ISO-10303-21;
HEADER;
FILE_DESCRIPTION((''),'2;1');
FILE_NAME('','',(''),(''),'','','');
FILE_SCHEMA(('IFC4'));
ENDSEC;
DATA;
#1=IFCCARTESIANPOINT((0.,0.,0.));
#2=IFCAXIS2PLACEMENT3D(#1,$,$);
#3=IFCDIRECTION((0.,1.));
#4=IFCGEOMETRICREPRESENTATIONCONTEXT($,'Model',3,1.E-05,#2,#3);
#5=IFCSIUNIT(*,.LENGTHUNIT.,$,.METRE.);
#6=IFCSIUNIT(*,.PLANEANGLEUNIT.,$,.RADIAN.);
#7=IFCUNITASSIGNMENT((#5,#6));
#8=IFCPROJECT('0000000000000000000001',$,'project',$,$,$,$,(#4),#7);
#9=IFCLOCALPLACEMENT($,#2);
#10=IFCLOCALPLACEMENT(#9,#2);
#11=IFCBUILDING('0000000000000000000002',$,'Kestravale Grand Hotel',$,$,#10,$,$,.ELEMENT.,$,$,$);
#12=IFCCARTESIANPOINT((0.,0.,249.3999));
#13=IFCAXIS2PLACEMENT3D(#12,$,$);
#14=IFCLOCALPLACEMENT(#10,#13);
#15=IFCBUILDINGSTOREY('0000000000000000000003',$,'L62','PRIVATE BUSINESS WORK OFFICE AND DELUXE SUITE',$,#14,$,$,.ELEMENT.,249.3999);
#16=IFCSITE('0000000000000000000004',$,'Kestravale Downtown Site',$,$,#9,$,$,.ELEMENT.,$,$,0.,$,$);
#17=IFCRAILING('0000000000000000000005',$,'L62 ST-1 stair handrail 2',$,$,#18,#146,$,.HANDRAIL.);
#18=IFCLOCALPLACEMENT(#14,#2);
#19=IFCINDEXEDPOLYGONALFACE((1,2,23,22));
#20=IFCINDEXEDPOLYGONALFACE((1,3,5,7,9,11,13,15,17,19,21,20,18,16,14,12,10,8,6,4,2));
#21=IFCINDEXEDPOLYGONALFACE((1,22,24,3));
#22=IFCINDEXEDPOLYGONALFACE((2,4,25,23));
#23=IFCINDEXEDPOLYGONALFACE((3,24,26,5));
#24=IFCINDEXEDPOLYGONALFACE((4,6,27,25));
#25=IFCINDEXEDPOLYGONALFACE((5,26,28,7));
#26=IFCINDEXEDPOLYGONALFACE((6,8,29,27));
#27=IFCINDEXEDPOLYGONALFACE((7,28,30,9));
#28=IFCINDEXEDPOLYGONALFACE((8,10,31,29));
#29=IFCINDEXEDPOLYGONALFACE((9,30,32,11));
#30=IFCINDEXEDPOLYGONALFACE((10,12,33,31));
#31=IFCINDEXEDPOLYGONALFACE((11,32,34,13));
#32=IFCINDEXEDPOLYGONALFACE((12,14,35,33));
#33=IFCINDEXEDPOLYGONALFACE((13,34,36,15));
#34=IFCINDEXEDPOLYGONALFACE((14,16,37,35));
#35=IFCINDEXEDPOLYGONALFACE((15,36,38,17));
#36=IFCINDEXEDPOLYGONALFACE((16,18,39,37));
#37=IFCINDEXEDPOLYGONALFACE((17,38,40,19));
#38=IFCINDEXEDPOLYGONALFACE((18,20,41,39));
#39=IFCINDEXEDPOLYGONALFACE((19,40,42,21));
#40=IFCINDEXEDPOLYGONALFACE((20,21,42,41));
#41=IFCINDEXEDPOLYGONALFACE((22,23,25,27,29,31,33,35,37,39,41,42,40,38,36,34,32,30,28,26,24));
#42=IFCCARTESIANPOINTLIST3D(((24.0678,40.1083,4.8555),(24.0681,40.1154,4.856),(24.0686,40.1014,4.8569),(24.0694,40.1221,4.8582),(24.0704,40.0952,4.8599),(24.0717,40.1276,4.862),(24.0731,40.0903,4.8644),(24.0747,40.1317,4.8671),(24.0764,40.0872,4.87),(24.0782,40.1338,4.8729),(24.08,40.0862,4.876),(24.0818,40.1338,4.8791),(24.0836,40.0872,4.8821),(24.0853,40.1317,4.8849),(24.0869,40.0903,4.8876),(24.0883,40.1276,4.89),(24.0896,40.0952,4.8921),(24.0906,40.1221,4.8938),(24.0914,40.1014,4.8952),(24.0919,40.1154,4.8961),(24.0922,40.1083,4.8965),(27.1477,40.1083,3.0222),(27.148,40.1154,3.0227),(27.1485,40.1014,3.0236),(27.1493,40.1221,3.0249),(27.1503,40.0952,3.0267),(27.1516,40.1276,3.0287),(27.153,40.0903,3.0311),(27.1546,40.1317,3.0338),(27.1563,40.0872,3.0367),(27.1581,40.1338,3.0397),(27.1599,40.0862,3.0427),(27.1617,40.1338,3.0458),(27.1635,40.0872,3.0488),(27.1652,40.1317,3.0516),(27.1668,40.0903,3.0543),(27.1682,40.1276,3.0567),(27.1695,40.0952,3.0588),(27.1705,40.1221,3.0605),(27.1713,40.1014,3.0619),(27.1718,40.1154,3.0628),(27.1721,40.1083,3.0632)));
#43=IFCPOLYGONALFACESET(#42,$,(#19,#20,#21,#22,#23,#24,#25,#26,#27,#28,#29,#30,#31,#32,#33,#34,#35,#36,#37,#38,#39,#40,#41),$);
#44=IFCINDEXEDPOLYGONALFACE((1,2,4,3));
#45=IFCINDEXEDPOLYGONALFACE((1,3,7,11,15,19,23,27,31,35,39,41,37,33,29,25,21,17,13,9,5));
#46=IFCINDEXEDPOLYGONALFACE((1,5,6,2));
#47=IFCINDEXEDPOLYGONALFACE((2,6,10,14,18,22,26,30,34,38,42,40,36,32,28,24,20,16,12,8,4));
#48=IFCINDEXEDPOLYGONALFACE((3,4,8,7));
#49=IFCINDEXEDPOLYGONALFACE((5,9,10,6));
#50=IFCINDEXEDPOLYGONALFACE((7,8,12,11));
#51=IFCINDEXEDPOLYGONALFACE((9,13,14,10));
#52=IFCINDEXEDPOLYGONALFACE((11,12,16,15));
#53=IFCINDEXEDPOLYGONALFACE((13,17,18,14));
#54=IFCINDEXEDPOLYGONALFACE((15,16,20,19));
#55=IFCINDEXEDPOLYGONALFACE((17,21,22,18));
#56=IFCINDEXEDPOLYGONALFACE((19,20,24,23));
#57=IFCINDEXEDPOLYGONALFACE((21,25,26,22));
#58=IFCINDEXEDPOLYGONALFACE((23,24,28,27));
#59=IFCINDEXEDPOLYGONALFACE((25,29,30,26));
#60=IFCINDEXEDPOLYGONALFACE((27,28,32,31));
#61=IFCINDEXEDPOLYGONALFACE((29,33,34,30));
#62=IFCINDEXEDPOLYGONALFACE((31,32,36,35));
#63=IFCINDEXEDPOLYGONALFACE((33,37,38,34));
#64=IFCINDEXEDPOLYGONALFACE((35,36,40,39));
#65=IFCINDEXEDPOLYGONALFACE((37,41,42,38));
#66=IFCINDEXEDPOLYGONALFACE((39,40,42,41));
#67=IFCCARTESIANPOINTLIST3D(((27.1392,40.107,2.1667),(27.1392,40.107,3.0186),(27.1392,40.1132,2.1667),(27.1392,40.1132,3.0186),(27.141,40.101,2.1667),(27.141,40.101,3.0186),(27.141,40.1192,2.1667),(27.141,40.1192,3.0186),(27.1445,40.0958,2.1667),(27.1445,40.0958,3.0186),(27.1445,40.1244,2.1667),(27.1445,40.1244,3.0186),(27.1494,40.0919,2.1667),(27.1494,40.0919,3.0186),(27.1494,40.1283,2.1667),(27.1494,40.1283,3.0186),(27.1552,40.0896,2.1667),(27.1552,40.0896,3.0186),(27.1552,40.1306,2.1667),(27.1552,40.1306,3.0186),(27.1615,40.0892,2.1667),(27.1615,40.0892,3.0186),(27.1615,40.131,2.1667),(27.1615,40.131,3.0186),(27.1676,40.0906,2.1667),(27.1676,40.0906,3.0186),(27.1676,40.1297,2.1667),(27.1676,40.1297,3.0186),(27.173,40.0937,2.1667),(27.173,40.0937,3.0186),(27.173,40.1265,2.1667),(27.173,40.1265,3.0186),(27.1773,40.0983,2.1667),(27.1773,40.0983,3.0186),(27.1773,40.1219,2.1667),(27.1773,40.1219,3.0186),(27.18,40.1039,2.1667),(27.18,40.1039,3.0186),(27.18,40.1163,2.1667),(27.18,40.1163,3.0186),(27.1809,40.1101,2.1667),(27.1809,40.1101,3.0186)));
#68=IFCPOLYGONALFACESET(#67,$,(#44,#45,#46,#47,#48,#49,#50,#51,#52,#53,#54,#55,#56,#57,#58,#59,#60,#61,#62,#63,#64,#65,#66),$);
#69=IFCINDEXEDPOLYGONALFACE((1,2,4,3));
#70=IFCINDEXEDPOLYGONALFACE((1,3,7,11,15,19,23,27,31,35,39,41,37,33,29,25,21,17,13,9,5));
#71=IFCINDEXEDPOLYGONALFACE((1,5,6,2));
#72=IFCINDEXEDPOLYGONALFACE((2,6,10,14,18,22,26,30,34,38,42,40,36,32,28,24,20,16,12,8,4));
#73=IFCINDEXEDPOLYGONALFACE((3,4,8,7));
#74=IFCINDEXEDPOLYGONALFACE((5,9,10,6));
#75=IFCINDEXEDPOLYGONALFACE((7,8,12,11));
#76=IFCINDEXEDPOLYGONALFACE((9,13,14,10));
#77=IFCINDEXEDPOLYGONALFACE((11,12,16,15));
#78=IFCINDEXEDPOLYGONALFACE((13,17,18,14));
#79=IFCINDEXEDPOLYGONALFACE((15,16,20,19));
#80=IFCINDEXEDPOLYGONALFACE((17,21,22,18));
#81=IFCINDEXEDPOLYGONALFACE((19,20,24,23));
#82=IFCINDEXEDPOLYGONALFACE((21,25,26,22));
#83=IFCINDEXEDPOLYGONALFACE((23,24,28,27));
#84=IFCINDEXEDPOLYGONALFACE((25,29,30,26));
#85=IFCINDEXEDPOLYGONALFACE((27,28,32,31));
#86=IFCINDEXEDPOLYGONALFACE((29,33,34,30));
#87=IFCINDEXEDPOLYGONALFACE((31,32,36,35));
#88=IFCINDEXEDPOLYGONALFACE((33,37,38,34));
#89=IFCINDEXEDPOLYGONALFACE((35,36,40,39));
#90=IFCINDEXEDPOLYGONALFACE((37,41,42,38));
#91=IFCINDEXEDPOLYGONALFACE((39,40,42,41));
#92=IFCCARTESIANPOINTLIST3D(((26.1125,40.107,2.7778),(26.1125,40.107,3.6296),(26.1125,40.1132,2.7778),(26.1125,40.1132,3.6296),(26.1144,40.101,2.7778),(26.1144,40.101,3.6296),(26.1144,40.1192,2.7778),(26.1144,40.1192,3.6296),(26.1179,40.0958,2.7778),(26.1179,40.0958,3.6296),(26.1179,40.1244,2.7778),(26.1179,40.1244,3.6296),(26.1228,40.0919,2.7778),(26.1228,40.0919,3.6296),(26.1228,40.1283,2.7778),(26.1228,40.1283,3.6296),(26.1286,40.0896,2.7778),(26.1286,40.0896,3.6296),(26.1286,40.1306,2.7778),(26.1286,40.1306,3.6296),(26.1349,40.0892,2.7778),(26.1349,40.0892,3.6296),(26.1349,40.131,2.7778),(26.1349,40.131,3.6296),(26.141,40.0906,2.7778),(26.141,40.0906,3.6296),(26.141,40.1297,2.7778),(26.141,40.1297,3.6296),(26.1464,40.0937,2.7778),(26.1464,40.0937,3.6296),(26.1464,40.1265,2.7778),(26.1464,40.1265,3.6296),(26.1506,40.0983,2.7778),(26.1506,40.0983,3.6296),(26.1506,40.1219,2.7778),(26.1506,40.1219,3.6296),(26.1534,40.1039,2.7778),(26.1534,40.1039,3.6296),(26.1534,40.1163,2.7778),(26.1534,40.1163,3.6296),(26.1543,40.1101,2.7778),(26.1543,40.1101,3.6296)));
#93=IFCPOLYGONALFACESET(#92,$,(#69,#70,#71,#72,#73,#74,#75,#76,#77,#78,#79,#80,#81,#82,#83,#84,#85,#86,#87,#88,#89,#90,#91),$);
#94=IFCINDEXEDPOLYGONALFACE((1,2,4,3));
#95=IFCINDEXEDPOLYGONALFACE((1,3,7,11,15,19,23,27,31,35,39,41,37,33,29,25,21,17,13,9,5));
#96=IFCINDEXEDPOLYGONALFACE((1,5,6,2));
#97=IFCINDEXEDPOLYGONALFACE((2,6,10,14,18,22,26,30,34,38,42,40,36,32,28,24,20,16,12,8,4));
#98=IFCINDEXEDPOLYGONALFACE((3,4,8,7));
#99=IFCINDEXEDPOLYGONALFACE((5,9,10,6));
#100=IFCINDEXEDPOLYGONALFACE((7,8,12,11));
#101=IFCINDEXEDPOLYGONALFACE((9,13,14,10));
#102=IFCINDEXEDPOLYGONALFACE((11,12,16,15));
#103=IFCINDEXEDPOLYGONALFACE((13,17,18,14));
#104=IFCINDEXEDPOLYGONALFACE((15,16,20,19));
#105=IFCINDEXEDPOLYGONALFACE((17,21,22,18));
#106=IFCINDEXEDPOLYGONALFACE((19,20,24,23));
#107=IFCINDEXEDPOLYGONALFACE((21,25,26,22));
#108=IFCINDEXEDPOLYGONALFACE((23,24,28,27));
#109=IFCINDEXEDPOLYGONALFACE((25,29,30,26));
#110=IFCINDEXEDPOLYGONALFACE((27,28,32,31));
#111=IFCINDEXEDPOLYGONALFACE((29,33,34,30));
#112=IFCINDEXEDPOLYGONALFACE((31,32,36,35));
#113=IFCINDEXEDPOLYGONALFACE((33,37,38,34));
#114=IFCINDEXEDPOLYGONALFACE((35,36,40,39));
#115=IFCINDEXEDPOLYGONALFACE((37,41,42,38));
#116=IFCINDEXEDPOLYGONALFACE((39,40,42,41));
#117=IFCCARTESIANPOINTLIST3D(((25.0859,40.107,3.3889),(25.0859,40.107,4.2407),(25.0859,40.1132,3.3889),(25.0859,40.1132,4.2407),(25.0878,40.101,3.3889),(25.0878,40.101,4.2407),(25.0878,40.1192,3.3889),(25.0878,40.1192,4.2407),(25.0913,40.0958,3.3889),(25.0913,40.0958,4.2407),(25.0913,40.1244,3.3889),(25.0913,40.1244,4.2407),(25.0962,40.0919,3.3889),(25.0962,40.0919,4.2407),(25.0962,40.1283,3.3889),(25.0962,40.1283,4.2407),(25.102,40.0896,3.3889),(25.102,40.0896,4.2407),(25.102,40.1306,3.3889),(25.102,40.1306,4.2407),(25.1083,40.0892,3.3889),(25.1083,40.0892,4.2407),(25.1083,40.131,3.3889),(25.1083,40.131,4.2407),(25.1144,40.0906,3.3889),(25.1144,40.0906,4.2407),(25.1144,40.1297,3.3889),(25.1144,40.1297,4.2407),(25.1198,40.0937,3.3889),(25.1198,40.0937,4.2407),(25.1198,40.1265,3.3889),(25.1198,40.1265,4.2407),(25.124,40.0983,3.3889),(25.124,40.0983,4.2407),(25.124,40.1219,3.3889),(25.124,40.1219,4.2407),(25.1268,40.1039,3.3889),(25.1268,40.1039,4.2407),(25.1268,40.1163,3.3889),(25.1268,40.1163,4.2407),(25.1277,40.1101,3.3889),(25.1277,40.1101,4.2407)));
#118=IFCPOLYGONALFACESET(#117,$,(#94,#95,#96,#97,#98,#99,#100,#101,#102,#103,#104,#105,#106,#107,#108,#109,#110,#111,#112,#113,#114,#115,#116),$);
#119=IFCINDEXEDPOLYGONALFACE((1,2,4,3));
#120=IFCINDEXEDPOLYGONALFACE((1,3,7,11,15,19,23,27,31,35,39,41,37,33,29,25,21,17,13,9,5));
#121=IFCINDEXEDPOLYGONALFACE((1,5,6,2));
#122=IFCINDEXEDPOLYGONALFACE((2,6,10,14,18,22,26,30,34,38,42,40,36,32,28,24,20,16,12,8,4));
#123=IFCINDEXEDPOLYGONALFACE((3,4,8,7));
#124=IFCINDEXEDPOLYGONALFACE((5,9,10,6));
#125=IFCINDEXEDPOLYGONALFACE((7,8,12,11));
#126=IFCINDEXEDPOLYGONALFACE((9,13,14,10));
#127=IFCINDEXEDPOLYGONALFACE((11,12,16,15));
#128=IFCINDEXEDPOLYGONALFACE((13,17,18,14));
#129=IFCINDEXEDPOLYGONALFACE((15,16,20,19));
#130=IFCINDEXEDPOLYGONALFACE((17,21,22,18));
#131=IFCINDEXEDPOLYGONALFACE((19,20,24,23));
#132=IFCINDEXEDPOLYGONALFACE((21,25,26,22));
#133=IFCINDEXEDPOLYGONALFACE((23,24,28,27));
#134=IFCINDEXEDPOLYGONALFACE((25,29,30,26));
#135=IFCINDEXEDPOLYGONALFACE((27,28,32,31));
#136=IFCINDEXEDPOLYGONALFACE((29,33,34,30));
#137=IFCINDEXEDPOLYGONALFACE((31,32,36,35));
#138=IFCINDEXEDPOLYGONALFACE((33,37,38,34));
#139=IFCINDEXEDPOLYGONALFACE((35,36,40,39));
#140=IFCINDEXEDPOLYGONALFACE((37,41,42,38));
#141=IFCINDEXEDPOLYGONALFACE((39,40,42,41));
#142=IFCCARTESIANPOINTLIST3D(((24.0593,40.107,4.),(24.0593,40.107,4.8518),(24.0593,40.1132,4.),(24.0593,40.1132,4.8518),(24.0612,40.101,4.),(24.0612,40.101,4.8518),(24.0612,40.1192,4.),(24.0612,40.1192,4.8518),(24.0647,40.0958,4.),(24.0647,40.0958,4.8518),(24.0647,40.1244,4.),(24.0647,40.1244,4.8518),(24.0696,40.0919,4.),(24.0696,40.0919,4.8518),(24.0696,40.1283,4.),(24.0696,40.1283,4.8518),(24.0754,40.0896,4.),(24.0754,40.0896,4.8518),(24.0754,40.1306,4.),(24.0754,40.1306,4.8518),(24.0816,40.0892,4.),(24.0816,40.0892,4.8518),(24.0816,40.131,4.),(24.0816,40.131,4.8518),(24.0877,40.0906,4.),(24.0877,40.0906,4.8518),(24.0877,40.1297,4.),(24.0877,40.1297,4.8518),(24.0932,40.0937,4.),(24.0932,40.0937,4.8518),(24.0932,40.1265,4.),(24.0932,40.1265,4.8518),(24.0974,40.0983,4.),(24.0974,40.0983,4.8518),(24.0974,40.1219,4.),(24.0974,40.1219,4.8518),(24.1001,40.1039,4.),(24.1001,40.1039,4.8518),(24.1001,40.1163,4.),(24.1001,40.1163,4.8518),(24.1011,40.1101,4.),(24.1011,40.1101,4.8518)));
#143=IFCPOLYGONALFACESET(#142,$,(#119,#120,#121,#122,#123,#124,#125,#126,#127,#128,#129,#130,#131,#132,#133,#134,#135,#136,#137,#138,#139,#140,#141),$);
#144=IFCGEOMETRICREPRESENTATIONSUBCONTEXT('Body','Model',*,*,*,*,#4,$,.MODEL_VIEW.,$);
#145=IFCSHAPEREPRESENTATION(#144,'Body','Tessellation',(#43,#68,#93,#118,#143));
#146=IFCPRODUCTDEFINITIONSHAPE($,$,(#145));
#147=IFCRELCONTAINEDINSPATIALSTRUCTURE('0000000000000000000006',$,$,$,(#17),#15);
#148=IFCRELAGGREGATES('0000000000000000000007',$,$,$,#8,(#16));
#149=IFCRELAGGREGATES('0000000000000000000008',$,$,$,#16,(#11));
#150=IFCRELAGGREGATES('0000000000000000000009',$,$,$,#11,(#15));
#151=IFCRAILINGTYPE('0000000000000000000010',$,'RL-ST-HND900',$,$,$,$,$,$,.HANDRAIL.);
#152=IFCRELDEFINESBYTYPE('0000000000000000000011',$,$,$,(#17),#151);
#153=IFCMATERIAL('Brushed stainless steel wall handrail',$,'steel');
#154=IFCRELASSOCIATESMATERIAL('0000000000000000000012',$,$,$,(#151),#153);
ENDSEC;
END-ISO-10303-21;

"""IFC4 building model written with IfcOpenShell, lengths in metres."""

from ifc_helpers import new_model, si_unit, direction, frame, origin, origin_2d, place, context, subcontext, project, spatial, circle, extrude, material, type_object, element, save


model = new_model("IFC4")

# Units and contexts
model_context = context("Model", 3, precision=1e-05, world=origin(), true_north=direction((0.0, 1.0)))
body_context = subcontext(model_context, "Body", "Model", "MODEL_VIEW")
ifc_project = project(units=[si_unit("LENGTHUNIT", "METRE"), si_unit("PLANEANGLEUNIT", "RADIAN")], contexts=[model_context])

# Site, building, storey
site_placement = place(None, origin())
site = spatial("IfcSite", under=ifc_project, at=site_placement, Name="Kestravale Downtown Site", CompositionType="ELEMENT", RefElevation=0.0)
building_placement = place(site_placement, origin())
building = spatial("IfcBuilding", under=site, at=building_placement, Name="Kestravale Grand Hotel", CompositionType="ELEMENT")
storey_placement = place(building_placement, frame((0.0, 0.0, 249.3999)))
storey = spatial("IfcBuildingStorey", under=building, at=storey_placement, Name="L62", Description="PRIVATE BUSINESS WORK OFFICE AND DELUXE SUITE", CompositionType="ELEMENT", Elevation=249.3999)

# Railing
ifc_material_1 = material(Name="Brushed stainless steel wall handrail", Category="steel")
railing_type_1 = type_object("IfcRailingType", Name="RL-ST-HND900", PredefinedType="HANDRAIL", material=ifc_material_1)
railing_1_placement = place(storey_placement, frame((27.1599, 40.1101, 2.1667)))
element("IfcRailing", 1, at=railing_1_placement, inside=storey, type_object=railing_type_1, Name="L62 ST-1 stair handrail 2", PredefinedType="HANDRAIL", context=body_context, shape_type="SweptSolid", body=[
    extrude(circle(Radius=0.0239, at=origin_2d()), frame((0.0, 0.0, 0.876), z_axis=(-0.859291, 0.0, 0.511487), x_axis=(0.0, -1.0, 0.0)), (0.0, 0.0, 1.0), 3.5842),
    extrude(circle(Radius=0.021, at=origin_2d()), origin(), (0.0, 0.0, 1.0), 0.8518),
    extrude(circle(Radius=0.021, at=origin_2d()), frame((-1.0266, 0.0, 0.6111)), (0.0, 0.0, 1.0), 0.8518),
    extrude(circle(Radius=0.021, at=origin_2d()), frame((-2.0532, 0.0, 1.2222)), (0.0, 0.0, 1.0), 0.8518),
    extrude(circle(Radius=0.021, at=origin_2d()), frame((-3.0798, 0.0, 1.8333)), (0.0, 0.0, 1.0), 0.8518),
])

save(model, "model.ifc")
